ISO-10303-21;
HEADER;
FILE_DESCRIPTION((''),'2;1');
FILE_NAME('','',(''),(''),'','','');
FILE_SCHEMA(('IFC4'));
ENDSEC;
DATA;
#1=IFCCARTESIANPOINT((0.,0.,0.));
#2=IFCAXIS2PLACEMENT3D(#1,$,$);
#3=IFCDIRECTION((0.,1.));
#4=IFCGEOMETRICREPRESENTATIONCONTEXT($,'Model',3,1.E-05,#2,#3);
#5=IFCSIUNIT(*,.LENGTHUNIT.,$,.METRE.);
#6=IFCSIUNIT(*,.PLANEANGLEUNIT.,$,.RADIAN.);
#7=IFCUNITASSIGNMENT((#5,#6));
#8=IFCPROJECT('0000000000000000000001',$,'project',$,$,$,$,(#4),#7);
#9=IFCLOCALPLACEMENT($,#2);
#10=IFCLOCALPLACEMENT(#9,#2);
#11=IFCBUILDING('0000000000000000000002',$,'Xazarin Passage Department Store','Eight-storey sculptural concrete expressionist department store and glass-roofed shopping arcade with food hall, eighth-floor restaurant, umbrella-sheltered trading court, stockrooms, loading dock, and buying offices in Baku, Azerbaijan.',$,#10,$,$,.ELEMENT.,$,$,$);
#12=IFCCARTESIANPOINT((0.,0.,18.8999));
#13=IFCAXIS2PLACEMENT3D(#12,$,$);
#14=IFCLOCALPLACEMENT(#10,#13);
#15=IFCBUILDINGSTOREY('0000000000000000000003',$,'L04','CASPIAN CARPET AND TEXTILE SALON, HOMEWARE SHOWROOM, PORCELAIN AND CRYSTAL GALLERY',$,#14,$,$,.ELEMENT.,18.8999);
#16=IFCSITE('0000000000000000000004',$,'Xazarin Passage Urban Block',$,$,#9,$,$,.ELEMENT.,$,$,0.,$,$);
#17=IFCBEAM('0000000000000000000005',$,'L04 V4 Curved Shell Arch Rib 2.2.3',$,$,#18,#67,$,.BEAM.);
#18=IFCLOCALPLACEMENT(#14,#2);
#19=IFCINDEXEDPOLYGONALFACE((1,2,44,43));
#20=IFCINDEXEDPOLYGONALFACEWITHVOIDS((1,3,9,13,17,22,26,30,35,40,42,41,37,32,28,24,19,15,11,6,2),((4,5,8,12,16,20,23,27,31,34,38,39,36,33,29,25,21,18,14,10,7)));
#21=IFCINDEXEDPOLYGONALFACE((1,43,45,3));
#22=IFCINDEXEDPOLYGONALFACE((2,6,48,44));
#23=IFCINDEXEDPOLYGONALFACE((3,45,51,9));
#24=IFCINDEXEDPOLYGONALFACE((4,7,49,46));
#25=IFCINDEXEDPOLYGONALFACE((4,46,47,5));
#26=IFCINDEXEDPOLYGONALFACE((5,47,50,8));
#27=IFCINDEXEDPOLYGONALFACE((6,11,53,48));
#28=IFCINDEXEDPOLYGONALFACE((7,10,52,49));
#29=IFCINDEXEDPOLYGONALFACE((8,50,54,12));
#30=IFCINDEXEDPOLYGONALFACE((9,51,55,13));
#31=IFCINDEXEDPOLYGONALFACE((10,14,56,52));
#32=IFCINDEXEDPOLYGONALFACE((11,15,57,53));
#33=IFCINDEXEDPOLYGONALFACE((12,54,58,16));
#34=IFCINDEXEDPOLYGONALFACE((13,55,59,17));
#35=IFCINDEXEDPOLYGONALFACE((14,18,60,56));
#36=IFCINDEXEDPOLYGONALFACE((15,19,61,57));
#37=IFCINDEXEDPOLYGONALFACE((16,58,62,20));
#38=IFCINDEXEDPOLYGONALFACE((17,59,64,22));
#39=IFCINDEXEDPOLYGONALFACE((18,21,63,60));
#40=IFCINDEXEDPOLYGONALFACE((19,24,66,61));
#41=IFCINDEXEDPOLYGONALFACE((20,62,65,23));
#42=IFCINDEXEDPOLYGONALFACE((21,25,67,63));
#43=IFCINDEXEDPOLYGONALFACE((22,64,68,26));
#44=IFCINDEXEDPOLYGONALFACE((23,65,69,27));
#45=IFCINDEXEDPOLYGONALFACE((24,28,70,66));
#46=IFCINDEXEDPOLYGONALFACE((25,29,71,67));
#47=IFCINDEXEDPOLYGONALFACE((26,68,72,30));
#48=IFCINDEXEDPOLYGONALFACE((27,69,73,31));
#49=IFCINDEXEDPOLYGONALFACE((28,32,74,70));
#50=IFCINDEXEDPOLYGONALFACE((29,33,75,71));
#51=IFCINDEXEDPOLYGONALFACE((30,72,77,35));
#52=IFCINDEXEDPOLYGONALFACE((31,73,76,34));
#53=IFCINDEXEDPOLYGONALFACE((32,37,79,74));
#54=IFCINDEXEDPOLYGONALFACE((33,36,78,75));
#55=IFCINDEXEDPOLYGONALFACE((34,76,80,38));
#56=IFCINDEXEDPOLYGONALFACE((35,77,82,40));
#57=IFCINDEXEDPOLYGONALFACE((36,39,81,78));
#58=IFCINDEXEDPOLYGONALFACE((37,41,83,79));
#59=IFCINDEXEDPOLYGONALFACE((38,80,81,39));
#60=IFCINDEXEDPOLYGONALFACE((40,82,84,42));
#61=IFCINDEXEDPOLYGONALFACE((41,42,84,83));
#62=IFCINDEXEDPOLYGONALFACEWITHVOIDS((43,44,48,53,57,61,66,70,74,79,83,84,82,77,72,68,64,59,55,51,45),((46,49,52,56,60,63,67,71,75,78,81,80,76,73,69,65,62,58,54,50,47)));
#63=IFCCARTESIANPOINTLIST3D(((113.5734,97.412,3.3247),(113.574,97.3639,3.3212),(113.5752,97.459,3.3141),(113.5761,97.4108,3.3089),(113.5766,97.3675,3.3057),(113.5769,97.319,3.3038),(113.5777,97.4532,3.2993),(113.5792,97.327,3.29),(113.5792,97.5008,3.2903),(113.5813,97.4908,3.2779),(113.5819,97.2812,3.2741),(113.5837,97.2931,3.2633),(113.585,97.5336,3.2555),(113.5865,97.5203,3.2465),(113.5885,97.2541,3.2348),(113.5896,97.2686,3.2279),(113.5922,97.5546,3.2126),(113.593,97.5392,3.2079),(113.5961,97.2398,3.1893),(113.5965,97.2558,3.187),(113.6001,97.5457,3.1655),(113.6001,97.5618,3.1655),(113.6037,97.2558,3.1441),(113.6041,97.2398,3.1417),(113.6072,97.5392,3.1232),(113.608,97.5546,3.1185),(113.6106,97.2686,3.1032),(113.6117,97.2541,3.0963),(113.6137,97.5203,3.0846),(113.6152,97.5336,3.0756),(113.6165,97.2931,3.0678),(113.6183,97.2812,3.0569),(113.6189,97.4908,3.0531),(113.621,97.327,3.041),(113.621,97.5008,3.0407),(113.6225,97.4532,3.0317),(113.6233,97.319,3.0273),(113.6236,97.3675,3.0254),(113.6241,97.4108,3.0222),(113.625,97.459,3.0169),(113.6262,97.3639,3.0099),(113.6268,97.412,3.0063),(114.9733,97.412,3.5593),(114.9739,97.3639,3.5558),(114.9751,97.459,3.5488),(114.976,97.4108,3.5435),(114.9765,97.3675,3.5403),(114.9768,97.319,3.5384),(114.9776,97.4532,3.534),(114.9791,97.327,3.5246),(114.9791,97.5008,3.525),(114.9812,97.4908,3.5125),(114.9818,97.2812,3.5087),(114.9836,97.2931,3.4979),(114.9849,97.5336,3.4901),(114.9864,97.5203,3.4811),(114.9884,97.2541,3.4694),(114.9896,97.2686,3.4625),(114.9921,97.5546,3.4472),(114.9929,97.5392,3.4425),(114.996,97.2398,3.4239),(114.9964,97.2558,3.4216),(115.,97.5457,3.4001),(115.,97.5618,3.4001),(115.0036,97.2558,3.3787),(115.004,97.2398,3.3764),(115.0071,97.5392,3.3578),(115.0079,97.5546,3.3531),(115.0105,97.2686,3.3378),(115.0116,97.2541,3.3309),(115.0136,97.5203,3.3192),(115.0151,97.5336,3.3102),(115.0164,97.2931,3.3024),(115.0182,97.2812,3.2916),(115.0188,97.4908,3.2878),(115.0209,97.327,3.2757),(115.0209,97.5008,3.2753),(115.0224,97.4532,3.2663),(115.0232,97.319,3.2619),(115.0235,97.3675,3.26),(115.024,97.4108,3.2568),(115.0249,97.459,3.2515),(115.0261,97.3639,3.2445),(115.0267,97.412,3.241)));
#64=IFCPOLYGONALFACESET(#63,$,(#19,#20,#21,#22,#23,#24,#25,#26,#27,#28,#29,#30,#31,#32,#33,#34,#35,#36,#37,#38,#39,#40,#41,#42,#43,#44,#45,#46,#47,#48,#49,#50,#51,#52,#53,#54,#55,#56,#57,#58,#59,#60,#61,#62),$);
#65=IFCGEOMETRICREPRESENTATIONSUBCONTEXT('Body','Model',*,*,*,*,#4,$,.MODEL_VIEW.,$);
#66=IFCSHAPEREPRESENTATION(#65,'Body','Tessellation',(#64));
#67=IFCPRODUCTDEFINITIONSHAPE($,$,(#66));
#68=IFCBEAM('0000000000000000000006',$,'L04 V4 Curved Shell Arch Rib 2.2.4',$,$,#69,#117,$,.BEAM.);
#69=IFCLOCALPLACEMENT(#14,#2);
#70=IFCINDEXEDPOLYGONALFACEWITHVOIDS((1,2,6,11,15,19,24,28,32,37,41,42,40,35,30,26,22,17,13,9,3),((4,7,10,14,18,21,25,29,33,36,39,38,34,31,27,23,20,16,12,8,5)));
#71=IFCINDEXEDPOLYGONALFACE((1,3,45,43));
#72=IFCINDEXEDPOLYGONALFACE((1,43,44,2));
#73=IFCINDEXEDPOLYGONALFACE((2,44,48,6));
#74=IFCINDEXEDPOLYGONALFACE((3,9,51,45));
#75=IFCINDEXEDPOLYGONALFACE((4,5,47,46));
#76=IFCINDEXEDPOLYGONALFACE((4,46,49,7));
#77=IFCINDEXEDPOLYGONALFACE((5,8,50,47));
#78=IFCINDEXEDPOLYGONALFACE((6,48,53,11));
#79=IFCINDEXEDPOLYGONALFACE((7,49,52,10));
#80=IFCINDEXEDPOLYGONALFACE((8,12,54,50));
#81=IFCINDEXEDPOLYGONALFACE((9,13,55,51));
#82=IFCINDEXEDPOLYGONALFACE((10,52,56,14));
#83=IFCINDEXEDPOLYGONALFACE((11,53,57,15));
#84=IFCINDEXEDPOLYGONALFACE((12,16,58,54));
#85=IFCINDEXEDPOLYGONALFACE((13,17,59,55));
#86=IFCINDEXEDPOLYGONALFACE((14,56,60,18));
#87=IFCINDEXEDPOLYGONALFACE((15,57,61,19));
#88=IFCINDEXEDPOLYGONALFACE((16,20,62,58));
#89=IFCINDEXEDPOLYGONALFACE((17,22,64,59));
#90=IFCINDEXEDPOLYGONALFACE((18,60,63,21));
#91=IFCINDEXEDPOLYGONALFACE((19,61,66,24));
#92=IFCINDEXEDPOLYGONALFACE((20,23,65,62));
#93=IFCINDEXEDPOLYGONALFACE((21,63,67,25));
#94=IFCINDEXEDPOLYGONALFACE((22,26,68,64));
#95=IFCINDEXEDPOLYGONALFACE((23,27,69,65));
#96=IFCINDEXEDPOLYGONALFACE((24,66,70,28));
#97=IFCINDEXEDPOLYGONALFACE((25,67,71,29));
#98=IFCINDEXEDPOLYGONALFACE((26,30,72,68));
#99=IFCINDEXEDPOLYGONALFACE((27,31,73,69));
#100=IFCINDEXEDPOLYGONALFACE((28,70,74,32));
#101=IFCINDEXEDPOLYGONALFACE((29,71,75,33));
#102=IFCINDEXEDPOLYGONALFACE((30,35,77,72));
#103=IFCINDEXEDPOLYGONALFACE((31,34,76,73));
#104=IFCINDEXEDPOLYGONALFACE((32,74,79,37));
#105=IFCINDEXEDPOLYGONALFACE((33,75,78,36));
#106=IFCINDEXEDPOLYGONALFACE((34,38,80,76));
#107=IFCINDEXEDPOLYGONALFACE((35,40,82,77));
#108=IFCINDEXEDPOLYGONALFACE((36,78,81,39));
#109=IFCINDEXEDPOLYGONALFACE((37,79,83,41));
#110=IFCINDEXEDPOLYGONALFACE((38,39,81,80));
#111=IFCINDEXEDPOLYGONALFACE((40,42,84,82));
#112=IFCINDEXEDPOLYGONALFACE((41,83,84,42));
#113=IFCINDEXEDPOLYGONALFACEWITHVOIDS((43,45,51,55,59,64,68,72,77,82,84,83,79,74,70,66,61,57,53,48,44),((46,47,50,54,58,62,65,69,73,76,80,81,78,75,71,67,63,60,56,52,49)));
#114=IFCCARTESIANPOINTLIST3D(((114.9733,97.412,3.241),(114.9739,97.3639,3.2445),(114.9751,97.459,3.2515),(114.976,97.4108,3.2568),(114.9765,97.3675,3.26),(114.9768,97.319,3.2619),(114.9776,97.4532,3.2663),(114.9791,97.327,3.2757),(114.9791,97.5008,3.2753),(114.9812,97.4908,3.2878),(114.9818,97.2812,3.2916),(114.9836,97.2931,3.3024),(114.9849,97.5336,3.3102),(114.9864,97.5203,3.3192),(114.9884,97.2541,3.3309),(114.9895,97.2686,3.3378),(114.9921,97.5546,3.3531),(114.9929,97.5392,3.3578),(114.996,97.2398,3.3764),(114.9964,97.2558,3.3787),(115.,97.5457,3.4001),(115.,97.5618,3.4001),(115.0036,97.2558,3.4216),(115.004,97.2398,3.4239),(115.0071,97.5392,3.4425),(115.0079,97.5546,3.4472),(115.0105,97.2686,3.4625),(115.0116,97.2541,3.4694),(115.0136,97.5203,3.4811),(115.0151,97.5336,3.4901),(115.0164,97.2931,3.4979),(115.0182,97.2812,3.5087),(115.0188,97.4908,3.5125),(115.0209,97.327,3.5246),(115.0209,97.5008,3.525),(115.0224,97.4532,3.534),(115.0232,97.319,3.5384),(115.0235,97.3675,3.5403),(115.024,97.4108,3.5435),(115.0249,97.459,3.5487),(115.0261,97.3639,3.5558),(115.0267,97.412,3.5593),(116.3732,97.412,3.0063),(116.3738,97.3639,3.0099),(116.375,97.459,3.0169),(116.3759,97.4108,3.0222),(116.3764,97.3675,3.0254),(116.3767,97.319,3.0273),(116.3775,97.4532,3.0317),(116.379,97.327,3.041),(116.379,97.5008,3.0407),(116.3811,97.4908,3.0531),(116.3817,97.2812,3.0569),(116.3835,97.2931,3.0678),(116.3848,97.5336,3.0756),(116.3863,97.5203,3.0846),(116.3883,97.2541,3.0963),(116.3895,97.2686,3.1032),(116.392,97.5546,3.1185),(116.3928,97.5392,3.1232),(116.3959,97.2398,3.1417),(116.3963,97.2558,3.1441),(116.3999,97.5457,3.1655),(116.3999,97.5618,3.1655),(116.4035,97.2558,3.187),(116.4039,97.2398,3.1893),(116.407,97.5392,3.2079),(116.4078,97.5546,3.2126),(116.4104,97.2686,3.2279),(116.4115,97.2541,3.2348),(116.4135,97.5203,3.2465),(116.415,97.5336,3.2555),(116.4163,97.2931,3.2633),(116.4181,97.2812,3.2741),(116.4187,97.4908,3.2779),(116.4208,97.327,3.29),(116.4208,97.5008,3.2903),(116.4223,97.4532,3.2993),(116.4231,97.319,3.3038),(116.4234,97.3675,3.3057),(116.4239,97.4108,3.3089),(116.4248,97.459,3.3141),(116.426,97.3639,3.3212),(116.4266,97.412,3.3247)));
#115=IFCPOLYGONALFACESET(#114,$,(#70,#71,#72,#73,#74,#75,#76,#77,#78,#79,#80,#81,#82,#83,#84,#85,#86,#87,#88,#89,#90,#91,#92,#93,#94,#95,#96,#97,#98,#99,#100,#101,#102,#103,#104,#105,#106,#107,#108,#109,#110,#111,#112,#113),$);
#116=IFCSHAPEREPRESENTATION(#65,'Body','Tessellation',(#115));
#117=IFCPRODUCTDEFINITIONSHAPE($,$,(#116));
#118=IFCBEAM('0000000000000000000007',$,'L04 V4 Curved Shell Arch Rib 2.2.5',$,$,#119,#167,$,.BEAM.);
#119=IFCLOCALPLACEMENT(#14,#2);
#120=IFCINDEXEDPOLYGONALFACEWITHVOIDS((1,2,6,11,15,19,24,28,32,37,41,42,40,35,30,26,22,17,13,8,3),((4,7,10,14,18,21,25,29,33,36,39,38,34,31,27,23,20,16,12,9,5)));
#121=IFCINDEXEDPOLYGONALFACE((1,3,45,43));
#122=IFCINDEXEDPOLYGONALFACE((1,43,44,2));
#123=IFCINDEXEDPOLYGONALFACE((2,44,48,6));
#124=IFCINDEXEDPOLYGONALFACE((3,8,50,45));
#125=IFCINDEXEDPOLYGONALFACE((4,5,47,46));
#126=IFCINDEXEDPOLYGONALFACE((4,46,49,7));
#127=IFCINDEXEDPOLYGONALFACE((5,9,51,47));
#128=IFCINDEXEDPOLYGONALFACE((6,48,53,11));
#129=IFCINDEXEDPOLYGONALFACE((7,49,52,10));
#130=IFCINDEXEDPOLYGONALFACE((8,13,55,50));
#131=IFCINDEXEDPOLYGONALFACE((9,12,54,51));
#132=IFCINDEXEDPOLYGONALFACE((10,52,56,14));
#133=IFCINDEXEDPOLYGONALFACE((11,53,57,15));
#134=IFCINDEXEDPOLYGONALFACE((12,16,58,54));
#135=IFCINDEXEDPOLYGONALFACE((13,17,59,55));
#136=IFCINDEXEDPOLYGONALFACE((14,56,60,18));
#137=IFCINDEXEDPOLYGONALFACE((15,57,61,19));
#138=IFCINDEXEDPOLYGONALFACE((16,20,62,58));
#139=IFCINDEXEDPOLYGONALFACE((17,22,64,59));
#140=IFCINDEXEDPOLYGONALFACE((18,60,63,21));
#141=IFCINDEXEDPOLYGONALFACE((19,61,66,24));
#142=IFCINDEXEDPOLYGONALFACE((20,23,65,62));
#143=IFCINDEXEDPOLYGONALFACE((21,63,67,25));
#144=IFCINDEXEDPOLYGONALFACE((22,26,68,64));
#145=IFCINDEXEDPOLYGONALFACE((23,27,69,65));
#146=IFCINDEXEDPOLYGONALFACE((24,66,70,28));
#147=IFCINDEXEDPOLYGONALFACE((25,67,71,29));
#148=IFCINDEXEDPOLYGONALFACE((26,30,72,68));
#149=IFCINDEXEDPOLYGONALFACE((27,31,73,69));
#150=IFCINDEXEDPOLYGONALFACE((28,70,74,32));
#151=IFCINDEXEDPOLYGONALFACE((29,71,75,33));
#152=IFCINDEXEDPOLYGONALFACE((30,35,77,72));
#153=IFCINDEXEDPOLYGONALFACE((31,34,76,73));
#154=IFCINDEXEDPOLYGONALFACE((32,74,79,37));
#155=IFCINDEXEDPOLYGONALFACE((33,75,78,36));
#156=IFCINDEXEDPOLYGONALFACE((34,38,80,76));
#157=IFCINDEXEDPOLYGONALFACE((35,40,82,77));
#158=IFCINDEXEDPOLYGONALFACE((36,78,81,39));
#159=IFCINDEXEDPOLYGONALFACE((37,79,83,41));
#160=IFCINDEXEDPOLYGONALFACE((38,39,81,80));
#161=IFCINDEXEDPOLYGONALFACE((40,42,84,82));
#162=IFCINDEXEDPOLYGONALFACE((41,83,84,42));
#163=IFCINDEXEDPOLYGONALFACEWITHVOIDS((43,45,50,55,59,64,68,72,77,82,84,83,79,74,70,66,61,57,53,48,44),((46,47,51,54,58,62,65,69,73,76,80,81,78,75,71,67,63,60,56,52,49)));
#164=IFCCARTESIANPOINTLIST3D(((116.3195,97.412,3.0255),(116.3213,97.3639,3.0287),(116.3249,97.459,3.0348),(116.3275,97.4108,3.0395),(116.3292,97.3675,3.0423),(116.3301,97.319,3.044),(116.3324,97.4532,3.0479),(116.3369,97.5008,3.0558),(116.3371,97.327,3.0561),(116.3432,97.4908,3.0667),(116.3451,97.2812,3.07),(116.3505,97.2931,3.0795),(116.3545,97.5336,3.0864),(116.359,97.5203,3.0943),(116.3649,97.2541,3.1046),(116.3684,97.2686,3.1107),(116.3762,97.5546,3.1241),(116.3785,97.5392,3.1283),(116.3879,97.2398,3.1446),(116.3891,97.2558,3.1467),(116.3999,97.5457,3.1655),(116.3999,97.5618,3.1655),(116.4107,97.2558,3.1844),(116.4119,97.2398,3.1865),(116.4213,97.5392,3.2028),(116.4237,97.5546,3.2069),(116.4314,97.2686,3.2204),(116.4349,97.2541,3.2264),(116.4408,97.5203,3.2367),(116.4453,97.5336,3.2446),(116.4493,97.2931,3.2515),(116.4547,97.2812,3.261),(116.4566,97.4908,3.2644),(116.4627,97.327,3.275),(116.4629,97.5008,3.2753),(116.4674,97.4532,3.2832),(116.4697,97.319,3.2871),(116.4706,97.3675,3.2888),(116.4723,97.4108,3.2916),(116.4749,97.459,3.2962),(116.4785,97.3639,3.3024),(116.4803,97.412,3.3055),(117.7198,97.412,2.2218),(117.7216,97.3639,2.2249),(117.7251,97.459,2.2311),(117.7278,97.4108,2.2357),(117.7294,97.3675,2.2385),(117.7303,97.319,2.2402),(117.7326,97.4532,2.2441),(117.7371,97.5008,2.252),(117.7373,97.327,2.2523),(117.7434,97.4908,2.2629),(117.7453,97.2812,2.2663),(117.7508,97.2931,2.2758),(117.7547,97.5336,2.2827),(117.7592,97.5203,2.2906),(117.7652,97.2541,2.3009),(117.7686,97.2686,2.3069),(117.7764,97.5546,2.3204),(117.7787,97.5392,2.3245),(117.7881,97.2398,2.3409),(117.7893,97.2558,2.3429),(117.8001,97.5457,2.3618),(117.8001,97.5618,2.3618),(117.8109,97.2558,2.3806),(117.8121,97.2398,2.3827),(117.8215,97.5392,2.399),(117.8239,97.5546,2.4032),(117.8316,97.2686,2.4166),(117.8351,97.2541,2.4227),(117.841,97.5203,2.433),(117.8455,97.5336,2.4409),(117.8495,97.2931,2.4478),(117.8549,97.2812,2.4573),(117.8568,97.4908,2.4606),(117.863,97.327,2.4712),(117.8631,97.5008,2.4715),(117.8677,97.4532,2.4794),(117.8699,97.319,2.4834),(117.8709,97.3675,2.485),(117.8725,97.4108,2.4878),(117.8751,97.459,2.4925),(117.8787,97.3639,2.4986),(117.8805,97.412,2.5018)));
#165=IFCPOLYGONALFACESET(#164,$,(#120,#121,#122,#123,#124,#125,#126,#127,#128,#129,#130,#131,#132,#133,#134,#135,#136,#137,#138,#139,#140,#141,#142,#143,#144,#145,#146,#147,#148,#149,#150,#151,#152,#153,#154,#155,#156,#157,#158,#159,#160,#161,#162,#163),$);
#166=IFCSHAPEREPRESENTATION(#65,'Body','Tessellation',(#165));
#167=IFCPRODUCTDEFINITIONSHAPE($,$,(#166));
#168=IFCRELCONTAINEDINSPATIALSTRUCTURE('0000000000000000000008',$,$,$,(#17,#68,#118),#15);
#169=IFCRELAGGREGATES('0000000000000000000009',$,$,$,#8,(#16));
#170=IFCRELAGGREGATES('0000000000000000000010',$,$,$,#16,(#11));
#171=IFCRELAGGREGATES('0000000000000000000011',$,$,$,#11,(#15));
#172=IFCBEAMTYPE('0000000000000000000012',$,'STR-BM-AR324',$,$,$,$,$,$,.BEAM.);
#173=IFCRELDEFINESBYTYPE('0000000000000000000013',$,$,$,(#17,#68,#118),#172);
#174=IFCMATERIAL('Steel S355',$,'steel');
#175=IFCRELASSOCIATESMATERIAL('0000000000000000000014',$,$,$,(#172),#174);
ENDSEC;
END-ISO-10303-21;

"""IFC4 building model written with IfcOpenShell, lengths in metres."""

from ifc_helpers import new_model, si_unit, direction, frame, origin, origin_2d, place, context, subcontext, project, spatial, hollow_circle, extrude, material, material_profile, profile_set, type_object, element, save


model = new_model("IFC4")

# Units and contexts
model_context = context("Model", 3, precision=1e-05, world=origin(), true_north=direction((0.0, 1.0)))
body_context = subcontext(model_context, "Body", "Model", "MODEL_VIEW")
ifc_project = project(units=[si_unit("LENGTHUNIT", "METRE"), si_unit("PLANEANGLEUNIT", "RADIAN")], contexts=[model_context])

# Site, building, storey
site_placement = place(None, origin())
site = spatial("IfcSite", under=ifc_project, at=site_placement, Name="Xazarin Passage Urban Block", CompositionType="ELEMENT", RefElevation=0.0)
building_placement = place(site_placement, origin())
building = spatial("IfcBuilding", under=site, at=building_placement, Name="Xazarin Passage Department Store", Description="Eight-storey sculptural concrete expressionist department store and glass-roofed shopping arcade with food hall, eighth-floor restaurant, umbrella-sheltered trading court, stockrooms, loading dock, and buying offices in Baku, Azerbaijan.", CompositionType="ELEMENT")
storey_placement = place(building_placement, frame((0.0, 0.0, 18.8999)))
storey = spatial("IfcBuildingStorey", under=building, at=storey_placement, Name="L04", Description="CASPIAN CARPET AND TEXTILE SALON, HOMEWARE SHOWROOM, PORCELAIN AND CRYSTAL GALLERY", CompositionType="ELEMENT", Elevation=18.8999)

# Beams
ifc_material_1 = material(Name="Steel S355", Category="steel")
ifc_material_profile_1 = material_profile(ifc_material_1, hollow_circle(Radius=0.1619, WallThickness=0.0161, at=origin_2d()), Name="CHS 323.9x16")
ifc_profile_set_1 = profile_set([ifc_material_profile_1], Name="Steel S355")
beam_type_1 = type_object("IfcBeamType", Name="STR-BM-AR324", PredefinedType="BEAM", material=ifc_profile_set_1)
for number, where, z_axis, x_axis, name in (
    (1, (113.6001, 97.3999, 3.1655), (0.986245, 0.0, 0.165291), (0.0, 1.0, 0.0), "L04 V4 Curved Shell Arch Rib 2.2.3"),
    (2, (115.0, 97.3999, 3.4001), (0.986245, 0.0, -0.165291), (0.0, 1.0, 0.0), "L04 V4 Curved Shell Arch Rib 2.2.4"),
):
    element("IfcBeam", number, at=place(storey_placement, frame(where, z_axis=z_axis, x_axis=x_axis)), inside=storey, type_object=beam_type_1, Name=name, PredefinedType="BEAM", context=body_context, shape_type="SweptSolid", body=[
        extrude(hollow_circle(Radius=0.1619, WallThickness=0.0161, at=origin_2d()), origin(), (0.0, 0.0, 1.0), 1.4194),
    ])
beam_1_placement = place(storey_placement, frame((116.3999, 97.3999, 3.1655), z_axis=(0.867274, 0.0, -0.497832), x_axis=(0.0, 1.0, 0.0)))
element("IfcBeam", 3, at=beam_1_placement, inside=storey, type_object=beam_type_1, Name="L04 V4 Curved Shell Arch Rib 2.2.5", PredefinedType="BEAM", context=body_context, shape_type="SweptSolid", body=[
    extrude(hollow_circle(Radius=0.1619, WallThickness=0.0161, at=origin_2d()), origin(), (0.0, 0.0, 1.0), 1.6145),
])

save(model, "model.ifc")
